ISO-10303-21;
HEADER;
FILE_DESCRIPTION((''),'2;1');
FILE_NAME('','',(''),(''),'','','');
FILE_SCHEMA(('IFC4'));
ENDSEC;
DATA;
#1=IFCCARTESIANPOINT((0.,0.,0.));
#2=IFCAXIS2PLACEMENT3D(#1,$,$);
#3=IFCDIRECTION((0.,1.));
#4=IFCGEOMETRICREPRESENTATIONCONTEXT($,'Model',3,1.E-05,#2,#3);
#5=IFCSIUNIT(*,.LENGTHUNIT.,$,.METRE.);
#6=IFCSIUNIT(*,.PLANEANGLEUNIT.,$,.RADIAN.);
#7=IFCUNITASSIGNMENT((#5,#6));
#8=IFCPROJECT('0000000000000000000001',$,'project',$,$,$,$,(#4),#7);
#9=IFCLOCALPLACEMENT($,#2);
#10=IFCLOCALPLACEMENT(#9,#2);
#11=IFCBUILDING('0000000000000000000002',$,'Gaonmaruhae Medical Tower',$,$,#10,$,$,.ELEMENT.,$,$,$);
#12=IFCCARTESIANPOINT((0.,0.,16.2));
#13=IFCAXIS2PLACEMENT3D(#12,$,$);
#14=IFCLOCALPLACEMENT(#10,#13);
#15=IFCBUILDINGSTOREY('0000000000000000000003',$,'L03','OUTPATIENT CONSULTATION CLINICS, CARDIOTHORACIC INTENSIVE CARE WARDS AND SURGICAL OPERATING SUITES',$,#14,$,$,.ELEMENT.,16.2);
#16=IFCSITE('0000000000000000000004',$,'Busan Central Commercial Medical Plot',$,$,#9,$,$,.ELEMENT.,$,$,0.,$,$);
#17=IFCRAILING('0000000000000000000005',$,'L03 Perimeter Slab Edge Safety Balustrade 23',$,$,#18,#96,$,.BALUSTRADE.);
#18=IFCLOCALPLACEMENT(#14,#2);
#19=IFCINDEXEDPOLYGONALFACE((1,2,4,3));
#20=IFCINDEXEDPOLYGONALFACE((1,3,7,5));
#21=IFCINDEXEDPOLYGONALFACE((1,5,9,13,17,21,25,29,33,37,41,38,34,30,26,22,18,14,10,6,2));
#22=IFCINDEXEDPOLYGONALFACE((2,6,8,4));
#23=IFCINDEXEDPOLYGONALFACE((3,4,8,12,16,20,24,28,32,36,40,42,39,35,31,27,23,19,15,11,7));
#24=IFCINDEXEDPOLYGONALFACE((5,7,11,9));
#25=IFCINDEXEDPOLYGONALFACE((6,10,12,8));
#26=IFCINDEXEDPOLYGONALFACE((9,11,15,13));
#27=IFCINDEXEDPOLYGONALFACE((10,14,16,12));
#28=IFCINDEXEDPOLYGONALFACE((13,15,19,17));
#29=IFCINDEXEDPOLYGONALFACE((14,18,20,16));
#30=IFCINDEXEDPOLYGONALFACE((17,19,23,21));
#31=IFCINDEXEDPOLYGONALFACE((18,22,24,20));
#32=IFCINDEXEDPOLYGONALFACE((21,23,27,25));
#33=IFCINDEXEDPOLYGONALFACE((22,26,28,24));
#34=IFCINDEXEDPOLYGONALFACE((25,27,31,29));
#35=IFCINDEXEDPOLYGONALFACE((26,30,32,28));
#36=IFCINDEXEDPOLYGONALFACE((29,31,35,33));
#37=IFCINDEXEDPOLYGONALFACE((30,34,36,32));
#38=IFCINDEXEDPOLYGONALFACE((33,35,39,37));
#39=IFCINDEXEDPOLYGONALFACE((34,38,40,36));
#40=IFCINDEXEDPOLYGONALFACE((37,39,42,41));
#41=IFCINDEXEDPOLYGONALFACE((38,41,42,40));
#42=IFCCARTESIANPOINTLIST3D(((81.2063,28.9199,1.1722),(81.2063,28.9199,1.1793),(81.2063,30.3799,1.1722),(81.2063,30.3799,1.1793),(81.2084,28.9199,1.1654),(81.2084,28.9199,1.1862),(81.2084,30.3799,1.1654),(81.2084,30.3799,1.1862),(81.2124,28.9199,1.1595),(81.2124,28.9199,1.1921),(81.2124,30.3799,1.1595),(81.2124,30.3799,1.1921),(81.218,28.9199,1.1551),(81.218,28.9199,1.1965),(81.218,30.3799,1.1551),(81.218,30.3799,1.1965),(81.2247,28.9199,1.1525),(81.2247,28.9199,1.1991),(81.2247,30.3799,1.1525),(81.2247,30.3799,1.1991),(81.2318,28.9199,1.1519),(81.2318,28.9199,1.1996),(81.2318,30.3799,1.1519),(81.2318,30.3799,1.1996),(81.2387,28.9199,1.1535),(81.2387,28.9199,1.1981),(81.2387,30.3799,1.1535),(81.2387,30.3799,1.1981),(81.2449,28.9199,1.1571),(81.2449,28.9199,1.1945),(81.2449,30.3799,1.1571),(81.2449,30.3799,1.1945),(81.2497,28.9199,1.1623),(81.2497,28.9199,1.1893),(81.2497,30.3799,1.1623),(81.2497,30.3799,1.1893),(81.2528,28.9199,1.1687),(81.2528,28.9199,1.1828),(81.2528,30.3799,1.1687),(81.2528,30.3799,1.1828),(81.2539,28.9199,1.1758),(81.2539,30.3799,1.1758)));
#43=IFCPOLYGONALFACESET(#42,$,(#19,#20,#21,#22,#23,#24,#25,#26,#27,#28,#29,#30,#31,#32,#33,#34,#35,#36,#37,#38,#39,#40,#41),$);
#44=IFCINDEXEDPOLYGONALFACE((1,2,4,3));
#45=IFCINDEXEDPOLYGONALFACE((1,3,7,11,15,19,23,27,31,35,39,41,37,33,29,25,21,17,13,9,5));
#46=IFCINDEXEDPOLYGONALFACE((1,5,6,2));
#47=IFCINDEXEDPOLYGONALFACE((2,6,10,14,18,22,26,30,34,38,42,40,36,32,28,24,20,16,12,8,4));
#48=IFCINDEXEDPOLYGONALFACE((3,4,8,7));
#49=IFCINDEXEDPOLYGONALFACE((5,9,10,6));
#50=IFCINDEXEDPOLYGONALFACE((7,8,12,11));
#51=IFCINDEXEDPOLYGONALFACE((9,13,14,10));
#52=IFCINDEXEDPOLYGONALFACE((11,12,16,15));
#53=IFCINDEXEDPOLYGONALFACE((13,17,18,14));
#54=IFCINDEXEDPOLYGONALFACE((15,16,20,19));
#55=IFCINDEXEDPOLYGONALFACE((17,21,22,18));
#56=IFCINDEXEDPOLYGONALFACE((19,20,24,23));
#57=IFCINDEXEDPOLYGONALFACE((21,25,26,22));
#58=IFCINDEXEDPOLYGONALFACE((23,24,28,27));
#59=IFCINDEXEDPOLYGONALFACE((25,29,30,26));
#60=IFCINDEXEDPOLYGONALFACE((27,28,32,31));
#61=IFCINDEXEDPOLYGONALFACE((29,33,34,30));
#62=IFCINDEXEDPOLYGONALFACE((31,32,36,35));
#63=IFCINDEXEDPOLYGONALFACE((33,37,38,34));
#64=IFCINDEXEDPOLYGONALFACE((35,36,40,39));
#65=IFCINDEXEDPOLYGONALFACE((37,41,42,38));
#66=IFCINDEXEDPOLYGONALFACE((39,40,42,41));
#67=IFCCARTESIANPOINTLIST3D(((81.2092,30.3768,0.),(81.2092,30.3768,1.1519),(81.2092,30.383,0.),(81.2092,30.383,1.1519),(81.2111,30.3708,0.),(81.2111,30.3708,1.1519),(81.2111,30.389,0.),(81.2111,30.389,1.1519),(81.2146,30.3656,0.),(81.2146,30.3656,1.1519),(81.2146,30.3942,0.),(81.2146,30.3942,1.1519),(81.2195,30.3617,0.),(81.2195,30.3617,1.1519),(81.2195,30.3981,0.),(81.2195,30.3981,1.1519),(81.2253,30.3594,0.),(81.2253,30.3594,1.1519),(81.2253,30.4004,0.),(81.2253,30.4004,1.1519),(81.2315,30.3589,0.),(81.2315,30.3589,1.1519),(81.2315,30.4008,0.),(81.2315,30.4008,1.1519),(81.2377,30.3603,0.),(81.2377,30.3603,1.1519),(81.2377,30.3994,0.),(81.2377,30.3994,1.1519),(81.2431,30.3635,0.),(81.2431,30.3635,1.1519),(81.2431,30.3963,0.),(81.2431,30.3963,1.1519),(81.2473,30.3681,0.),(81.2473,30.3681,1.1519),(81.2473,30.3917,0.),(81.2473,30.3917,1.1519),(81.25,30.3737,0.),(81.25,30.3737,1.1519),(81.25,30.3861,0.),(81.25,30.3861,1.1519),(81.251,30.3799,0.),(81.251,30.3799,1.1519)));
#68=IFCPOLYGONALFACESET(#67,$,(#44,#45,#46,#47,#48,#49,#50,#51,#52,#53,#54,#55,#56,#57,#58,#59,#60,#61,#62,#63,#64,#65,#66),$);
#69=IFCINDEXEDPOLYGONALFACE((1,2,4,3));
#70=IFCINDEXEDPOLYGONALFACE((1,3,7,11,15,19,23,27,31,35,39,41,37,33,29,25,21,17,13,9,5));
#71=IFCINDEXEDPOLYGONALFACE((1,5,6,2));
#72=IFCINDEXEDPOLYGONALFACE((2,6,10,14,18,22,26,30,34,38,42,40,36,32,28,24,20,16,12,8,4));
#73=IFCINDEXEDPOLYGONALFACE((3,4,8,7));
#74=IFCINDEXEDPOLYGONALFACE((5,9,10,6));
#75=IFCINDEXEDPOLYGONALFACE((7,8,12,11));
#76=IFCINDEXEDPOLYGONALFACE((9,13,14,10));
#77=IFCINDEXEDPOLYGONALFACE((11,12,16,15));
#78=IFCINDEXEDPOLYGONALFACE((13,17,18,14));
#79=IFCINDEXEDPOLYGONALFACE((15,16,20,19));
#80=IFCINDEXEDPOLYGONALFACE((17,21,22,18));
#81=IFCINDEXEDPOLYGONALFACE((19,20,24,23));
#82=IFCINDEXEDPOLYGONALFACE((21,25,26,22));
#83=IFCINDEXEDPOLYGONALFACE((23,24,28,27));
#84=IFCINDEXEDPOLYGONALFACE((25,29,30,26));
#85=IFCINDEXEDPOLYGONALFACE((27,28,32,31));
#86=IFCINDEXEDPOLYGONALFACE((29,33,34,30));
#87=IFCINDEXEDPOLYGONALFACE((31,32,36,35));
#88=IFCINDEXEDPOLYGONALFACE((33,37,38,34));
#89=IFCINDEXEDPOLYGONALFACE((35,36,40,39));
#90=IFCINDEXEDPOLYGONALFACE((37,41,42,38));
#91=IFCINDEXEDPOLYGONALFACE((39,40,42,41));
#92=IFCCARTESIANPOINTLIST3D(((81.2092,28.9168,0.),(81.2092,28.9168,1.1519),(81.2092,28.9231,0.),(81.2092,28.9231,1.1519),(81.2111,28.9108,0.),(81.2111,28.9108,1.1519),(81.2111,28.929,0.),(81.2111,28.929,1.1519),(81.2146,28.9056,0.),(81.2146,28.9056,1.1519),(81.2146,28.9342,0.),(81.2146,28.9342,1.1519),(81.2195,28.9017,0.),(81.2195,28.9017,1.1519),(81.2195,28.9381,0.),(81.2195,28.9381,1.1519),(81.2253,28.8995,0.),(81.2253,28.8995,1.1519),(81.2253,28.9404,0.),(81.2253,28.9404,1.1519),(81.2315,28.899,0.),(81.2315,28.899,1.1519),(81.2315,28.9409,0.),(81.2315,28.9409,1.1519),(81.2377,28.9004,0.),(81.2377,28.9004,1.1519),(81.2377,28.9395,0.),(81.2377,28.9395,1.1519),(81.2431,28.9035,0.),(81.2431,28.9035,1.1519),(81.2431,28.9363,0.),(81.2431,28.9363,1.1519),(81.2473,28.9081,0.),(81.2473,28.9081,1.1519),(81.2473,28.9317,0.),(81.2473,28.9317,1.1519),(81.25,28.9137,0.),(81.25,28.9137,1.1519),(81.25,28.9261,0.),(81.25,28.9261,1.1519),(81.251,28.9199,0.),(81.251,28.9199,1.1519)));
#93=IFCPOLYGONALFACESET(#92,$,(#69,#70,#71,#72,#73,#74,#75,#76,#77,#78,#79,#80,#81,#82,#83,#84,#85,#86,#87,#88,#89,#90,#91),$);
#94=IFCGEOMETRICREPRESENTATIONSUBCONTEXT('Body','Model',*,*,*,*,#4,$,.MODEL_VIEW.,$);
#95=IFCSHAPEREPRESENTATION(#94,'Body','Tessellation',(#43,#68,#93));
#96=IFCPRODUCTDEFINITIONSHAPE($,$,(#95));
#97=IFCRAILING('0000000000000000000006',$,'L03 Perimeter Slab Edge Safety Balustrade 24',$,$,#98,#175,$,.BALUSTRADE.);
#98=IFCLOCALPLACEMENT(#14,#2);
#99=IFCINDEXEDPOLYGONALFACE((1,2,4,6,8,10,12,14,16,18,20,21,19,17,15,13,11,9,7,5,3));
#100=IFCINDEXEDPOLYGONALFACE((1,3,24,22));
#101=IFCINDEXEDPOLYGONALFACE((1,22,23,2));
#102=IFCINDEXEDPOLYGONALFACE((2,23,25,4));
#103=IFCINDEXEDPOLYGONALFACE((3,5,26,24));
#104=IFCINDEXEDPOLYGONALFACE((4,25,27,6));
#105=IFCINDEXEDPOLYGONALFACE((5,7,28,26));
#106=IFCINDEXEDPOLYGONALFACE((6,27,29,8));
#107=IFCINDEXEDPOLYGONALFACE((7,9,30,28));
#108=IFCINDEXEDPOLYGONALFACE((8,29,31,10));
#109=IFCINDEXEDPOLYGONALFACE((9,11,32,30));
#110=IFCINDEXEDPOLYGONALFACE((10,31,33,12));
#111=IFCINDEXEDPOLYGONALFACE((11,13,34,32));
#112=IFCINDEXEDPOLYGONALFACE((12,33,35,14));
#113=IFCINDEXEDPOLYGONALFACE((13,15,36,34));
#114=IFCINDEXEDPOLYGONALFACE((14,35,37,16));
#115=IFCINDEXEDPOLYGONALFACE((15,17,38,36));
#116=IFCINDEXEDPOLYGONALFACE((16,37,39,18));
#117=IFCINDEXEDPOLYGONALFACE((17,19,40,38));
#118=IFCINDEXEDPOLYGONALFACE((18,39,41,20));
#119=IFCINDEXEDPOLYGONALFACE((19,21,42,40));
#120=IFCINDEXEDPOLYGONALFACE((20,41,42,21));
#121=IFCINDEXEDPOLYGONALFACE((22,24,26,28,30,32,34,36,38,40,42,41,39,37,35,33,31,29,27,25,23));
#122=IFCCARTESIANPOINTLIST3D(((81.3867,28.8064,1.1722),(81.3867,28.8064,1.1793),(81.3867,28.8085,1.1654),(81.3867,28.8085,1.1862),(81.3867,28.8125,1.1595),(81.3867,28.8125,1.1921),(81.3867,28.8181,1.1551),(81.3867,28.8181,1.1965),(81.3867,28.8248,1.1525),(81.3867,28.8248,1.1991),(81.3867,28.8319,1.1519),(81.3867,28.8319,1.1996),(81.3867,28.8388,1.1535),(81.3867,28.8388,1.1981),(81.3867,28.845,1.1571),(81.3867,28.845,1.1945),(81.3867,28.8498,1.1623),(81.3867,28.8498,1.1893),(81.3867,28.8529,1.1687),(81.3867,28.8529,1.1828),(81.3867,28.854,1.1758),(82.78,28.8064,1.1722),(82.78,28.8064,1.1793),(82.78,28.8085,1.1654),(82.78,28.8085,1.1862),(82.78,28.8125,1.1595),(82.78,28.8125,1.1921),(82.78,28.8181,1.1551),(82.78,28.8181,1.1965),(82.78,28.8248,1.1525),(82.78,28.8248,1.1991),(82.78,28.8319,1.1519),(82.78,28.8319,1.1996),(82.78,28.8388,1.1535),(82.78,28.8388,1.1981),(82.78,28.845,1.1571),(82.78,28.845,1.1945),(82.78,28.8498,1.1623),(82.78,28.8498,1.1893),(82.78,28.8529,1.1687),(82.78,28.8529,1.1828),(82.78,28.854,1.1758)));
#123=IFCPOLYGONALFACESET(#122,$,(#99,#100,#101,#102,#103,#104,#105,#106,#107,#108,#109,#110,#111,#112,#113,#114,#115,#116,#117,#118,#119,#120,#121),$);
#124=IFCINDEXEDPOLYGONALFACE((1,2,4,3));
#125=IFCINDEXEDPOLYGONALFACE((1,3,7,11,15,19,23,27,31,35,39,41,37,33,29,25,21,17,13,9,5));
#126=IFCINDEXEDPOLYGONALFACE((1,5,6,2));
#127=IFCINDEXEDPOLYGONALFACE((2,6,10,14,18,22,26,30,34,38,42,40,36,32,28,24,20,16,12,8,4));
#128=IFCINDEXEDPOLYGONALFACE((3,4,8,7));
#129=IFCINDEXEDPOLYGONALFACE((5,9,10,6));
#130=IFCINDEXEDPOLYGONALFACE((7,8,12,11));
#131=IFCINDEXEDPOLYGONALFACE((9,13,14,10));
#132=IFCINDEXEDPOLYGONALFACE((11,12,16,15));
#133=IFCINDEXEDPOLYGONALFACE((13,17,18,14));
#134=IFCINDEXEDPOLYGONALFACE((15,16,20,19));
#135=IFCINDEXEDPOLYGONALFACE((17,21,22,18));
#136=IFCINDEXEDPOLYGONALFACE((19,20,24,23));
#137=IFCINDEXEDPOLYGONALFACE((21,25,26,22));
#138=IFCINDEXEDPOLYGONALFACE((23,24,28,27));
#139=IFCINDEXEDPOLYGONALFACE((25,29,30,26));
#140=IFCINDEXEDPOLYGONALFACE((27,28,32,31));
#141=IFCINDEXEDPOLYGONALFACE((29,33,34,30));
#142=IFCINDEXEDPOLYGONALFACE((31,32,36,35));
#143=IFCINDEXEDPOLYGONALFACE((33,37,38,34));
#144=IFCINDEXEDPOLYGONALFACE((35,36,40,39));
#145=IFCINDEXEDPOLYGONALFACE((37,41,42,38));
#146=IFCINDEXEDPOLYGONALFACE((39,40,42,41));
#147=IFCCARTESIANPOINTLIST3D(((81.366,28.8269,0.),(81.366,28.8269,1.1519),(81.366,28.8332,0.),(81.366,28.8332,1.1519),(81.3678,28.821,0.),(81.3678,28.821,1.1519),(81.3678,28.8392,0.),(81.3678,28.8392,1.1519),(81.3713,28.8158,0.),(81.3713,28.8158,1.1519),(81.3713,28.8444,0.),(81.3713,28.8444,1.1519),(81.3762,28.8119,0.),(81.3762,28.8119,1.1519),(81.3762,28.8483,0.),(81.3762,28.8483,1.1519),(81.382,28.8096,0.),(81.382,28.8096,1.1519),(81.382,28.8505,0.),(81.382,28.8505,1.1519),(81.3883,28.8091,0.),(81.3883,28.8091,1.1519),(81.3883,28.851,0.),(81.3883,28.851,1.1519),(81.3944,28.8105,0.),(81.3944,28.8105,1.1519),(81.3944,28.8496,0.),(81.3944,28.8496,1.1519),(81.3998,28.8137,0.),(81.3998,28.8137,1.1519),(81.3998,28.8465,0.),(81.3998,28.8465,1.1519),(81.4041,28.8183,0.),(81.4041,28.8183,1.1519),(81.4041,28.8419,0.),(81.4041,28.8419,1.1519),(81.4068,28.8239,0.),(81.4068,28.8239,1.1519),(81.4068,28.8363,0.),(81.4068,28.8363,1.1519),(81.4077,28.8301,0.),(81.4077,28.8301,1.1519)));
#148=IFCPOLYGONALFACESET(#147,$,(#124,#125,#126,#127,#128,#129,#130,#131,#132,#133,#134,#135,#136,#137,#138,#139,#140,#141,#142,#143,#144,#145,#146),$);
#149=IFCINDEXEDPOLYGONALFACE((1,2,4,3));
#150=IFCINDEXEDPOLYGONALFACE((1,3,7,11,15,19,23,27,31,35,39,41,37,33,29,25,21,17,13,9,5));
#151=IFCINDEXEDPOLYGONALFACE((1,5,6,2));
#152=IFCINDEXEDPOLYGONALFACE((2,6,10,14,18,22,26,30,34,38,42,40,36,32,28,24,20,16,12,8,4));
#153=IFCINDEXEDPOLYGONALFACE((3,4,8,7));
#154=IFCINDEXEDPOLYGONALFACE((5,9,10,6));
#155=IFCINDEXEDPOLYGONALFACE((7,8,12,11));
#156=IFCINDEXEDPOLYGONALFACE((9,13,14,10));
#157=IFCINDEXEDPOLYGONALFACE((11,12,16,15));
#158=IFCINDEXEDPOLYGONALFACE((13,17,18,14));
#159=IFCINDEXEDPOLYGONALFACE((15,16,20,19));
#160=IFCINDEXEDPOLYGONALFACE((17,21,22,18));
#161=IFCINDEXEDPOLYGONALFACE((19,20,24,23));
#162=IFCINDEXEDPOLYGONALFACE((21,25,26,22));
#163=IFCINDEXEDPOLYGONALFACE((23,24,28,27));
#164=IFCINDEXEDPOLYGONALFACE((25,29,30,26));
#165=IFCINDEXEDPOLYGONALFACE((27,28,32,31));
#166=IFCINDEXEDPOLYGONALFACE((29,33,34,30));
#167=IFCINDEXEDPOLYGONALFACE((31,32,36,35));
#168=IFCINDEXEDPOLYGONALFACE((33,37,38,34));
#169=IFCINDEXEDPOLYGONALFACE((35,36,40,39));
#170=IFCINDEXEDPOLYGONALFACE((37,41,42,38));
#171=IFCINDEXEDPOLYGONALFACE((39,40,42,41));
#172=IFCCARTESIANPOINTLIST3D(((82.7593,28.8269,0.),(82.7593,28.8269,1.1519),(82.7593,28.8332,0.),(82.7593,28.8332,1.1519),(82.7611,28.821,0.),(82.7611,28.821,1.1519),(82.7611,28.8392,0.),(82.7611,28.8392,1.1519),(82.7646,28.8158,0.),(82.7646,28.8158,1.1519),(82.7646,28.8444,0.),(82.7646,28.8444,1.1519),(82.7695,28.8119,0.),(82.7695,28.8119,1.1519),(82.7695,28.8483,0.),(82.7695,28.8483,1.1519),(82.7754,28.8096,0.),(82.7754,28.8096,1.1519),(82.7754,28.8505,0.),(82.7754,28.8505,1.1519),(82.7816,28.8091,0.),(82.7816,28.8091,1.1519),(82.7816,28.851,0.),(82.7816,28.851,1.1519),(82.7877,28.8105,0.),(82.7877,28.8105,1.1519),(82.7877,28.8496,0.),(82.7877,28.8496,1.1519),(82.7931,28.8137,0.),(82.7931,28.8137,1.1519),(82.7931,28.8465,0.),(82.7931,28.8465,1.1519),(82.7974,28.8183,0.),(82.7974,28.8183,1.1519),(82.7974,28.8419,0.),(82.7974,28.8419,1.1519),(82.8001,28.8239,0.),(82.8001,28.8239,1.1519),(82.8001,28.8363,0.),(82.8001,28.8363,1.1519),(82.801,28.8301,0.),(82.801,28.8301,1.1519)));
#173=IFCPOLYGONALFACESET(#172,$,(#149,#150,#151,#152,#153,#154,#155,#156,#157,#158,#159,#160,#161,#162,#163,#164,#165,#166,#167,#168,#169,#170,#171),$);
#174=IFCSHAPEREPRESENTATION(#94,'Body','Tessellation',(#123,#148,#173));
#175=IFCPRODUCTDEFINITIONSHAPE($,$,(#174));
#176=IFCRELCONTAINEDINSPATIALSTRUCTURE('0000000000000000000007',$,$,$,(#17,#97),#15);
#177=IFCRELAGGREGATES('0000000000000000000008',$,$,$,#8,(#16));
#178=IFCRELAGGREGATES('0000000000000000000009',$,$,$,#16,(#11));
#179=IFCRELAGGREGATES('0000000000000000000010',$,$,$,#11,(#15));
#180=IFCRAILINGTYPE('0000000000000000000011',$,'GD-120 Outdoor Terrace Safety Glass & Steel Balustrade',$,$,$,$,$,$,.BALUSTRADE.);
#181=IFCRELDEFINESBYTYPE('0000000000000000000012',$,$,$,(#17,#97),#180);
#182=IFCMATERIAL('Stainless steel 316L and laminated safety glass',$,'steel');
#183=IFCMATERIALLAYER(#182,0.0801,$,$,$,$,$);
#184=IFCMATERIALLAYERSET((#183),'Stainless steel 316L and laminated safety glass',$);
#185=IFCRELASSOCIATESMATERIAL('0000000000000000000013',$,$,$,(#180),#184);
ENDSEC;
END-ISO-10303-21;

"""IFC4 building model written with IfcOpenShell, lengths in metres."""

from ifc_helpers import new_model, si_unit, direction, frame, origin, origin_2d, place, context, subcontext, project, spatial, circle, extrude, material, layer, layer_set, type_object, element, save


model = new_model("IFC4")

# Units and contexts
model_context = context("Model", 3, precision=1e-05, world=origin(), true_north=direction((0.0, 1.0)))
body_context = subcontext(model_context, "Body", "Model", "MODEL_VIEW")
ifc_project = project(units=[si_unit("LENGTHUNIT", "METRE"), si_unit("PLANEANGLEUNIT", "RADIAN")], contexts=[model_context])

# Site, building, storey
site_placement = place(None, origin())
site = spatial("IfcSite", under=ifc_project, at=site_placement, Name="Busan Central Commercial Medical Plot", CompositionType="ELEMENT", RefElevation=0.0)
building_placement = place(site_placement, origin())
building = spatial("IfcBuilding", under=site, at=building_placement, Name="Gaonmaruhae Medical Tower", CompositionType="ELEMENT")
storey_placement = place(building_placement, frame((0.0, 0.0, 16.2)))
storey = spatial("IfcBuildingStorey", under=building, at=storey_placement, Name="L03", Description="OUTPATIENT CONSULTATION CLINICS, CARDIOTHORACIC INTENSIVE CARE WARDS AND SURGICAL OPERATING SUITES", CompositionType="ELEMENT", Elevation=16.2)

# Railings
ifc_material_1 = material(Name="Stainless steel 316L and laminated safety glass", Category="steel")
ifc_layer_1 = layer(ifc_material_1, 0.0801)
ifc_layer_set_1 = layer_set([ifc_layer_1], Name="Stainless steel 316L and laminated safety glass")
railing_type = type_object("IfcRailingType", Name="GD-120 Outdoor Terrace Safety Glass & Steel Balustrade", PredefinedType="BALUSTRADE", material=ifc_layer_set_1)
railing_1_placement = place(storey_placement, frame((81.23, 30.3799, 0.0)))
element("IfcRailing", 1, at=railing_1_placement, inside=storey, type_object=railing_type, Name="L03 Perimeter Slab Edge Safety Balustrade 23", PredefinedType="BALUSTRADE", context=body_context, shape_type="SweptSolid", body=[
    extrude(circle(Radius=0.0239, at=origin_2d()), frame((0.0, 0.0, 1.1758), z_axis=(0.0, -1.0, 0.0), x_axis=(1.0, 0.0, 0.0)), (0.0, 0.0, 1.0), 1.46),
    extrude(circle(Radius=0.021, at=origin_2d()), origin(), (0.0, 0.0, 1.0), 1.1519),
    extrude(circle(Radius=0.021, at=origin_2d()), frame((0.0, -1.46, 0.0)), (0.0, 0.0, 1.0), 1.1519),
])
railing_2_placement = place(storey_placement, frame((81.3867, 28.8301, 0.0)))
element("IfcRailing", 2, at=railing_2_placement, inside=storey, type_object=railing_type, Name="L03 Perimeter Slab Edge Safety Balustrade 24", PredefinedType="BALUSTRADE", context=body_context, shape_type="SweptSolid", body=[
    extrude(circle(Radius=0.0239, at=origin_2d()), frame((0.0, 0.0, 1.1758), z_axis=(1.0, 0.0, 0.0), x_axis=(0.0, 1.0, 0.0)), (0.0, 0.0, 1.0), 1.3933),
    extrude(circle(Radius=0.021, at=origin_2d()), origin(), (0.0, 0.0, 1.0), 1.1519),
    extrude(circle(Radius=0.021, at=origin_2d()), frame((1.3933, 0.0, 0.0)), (0.0, 0.0, 1.0), 1.1519),
])

save(model, "model.ifc")
